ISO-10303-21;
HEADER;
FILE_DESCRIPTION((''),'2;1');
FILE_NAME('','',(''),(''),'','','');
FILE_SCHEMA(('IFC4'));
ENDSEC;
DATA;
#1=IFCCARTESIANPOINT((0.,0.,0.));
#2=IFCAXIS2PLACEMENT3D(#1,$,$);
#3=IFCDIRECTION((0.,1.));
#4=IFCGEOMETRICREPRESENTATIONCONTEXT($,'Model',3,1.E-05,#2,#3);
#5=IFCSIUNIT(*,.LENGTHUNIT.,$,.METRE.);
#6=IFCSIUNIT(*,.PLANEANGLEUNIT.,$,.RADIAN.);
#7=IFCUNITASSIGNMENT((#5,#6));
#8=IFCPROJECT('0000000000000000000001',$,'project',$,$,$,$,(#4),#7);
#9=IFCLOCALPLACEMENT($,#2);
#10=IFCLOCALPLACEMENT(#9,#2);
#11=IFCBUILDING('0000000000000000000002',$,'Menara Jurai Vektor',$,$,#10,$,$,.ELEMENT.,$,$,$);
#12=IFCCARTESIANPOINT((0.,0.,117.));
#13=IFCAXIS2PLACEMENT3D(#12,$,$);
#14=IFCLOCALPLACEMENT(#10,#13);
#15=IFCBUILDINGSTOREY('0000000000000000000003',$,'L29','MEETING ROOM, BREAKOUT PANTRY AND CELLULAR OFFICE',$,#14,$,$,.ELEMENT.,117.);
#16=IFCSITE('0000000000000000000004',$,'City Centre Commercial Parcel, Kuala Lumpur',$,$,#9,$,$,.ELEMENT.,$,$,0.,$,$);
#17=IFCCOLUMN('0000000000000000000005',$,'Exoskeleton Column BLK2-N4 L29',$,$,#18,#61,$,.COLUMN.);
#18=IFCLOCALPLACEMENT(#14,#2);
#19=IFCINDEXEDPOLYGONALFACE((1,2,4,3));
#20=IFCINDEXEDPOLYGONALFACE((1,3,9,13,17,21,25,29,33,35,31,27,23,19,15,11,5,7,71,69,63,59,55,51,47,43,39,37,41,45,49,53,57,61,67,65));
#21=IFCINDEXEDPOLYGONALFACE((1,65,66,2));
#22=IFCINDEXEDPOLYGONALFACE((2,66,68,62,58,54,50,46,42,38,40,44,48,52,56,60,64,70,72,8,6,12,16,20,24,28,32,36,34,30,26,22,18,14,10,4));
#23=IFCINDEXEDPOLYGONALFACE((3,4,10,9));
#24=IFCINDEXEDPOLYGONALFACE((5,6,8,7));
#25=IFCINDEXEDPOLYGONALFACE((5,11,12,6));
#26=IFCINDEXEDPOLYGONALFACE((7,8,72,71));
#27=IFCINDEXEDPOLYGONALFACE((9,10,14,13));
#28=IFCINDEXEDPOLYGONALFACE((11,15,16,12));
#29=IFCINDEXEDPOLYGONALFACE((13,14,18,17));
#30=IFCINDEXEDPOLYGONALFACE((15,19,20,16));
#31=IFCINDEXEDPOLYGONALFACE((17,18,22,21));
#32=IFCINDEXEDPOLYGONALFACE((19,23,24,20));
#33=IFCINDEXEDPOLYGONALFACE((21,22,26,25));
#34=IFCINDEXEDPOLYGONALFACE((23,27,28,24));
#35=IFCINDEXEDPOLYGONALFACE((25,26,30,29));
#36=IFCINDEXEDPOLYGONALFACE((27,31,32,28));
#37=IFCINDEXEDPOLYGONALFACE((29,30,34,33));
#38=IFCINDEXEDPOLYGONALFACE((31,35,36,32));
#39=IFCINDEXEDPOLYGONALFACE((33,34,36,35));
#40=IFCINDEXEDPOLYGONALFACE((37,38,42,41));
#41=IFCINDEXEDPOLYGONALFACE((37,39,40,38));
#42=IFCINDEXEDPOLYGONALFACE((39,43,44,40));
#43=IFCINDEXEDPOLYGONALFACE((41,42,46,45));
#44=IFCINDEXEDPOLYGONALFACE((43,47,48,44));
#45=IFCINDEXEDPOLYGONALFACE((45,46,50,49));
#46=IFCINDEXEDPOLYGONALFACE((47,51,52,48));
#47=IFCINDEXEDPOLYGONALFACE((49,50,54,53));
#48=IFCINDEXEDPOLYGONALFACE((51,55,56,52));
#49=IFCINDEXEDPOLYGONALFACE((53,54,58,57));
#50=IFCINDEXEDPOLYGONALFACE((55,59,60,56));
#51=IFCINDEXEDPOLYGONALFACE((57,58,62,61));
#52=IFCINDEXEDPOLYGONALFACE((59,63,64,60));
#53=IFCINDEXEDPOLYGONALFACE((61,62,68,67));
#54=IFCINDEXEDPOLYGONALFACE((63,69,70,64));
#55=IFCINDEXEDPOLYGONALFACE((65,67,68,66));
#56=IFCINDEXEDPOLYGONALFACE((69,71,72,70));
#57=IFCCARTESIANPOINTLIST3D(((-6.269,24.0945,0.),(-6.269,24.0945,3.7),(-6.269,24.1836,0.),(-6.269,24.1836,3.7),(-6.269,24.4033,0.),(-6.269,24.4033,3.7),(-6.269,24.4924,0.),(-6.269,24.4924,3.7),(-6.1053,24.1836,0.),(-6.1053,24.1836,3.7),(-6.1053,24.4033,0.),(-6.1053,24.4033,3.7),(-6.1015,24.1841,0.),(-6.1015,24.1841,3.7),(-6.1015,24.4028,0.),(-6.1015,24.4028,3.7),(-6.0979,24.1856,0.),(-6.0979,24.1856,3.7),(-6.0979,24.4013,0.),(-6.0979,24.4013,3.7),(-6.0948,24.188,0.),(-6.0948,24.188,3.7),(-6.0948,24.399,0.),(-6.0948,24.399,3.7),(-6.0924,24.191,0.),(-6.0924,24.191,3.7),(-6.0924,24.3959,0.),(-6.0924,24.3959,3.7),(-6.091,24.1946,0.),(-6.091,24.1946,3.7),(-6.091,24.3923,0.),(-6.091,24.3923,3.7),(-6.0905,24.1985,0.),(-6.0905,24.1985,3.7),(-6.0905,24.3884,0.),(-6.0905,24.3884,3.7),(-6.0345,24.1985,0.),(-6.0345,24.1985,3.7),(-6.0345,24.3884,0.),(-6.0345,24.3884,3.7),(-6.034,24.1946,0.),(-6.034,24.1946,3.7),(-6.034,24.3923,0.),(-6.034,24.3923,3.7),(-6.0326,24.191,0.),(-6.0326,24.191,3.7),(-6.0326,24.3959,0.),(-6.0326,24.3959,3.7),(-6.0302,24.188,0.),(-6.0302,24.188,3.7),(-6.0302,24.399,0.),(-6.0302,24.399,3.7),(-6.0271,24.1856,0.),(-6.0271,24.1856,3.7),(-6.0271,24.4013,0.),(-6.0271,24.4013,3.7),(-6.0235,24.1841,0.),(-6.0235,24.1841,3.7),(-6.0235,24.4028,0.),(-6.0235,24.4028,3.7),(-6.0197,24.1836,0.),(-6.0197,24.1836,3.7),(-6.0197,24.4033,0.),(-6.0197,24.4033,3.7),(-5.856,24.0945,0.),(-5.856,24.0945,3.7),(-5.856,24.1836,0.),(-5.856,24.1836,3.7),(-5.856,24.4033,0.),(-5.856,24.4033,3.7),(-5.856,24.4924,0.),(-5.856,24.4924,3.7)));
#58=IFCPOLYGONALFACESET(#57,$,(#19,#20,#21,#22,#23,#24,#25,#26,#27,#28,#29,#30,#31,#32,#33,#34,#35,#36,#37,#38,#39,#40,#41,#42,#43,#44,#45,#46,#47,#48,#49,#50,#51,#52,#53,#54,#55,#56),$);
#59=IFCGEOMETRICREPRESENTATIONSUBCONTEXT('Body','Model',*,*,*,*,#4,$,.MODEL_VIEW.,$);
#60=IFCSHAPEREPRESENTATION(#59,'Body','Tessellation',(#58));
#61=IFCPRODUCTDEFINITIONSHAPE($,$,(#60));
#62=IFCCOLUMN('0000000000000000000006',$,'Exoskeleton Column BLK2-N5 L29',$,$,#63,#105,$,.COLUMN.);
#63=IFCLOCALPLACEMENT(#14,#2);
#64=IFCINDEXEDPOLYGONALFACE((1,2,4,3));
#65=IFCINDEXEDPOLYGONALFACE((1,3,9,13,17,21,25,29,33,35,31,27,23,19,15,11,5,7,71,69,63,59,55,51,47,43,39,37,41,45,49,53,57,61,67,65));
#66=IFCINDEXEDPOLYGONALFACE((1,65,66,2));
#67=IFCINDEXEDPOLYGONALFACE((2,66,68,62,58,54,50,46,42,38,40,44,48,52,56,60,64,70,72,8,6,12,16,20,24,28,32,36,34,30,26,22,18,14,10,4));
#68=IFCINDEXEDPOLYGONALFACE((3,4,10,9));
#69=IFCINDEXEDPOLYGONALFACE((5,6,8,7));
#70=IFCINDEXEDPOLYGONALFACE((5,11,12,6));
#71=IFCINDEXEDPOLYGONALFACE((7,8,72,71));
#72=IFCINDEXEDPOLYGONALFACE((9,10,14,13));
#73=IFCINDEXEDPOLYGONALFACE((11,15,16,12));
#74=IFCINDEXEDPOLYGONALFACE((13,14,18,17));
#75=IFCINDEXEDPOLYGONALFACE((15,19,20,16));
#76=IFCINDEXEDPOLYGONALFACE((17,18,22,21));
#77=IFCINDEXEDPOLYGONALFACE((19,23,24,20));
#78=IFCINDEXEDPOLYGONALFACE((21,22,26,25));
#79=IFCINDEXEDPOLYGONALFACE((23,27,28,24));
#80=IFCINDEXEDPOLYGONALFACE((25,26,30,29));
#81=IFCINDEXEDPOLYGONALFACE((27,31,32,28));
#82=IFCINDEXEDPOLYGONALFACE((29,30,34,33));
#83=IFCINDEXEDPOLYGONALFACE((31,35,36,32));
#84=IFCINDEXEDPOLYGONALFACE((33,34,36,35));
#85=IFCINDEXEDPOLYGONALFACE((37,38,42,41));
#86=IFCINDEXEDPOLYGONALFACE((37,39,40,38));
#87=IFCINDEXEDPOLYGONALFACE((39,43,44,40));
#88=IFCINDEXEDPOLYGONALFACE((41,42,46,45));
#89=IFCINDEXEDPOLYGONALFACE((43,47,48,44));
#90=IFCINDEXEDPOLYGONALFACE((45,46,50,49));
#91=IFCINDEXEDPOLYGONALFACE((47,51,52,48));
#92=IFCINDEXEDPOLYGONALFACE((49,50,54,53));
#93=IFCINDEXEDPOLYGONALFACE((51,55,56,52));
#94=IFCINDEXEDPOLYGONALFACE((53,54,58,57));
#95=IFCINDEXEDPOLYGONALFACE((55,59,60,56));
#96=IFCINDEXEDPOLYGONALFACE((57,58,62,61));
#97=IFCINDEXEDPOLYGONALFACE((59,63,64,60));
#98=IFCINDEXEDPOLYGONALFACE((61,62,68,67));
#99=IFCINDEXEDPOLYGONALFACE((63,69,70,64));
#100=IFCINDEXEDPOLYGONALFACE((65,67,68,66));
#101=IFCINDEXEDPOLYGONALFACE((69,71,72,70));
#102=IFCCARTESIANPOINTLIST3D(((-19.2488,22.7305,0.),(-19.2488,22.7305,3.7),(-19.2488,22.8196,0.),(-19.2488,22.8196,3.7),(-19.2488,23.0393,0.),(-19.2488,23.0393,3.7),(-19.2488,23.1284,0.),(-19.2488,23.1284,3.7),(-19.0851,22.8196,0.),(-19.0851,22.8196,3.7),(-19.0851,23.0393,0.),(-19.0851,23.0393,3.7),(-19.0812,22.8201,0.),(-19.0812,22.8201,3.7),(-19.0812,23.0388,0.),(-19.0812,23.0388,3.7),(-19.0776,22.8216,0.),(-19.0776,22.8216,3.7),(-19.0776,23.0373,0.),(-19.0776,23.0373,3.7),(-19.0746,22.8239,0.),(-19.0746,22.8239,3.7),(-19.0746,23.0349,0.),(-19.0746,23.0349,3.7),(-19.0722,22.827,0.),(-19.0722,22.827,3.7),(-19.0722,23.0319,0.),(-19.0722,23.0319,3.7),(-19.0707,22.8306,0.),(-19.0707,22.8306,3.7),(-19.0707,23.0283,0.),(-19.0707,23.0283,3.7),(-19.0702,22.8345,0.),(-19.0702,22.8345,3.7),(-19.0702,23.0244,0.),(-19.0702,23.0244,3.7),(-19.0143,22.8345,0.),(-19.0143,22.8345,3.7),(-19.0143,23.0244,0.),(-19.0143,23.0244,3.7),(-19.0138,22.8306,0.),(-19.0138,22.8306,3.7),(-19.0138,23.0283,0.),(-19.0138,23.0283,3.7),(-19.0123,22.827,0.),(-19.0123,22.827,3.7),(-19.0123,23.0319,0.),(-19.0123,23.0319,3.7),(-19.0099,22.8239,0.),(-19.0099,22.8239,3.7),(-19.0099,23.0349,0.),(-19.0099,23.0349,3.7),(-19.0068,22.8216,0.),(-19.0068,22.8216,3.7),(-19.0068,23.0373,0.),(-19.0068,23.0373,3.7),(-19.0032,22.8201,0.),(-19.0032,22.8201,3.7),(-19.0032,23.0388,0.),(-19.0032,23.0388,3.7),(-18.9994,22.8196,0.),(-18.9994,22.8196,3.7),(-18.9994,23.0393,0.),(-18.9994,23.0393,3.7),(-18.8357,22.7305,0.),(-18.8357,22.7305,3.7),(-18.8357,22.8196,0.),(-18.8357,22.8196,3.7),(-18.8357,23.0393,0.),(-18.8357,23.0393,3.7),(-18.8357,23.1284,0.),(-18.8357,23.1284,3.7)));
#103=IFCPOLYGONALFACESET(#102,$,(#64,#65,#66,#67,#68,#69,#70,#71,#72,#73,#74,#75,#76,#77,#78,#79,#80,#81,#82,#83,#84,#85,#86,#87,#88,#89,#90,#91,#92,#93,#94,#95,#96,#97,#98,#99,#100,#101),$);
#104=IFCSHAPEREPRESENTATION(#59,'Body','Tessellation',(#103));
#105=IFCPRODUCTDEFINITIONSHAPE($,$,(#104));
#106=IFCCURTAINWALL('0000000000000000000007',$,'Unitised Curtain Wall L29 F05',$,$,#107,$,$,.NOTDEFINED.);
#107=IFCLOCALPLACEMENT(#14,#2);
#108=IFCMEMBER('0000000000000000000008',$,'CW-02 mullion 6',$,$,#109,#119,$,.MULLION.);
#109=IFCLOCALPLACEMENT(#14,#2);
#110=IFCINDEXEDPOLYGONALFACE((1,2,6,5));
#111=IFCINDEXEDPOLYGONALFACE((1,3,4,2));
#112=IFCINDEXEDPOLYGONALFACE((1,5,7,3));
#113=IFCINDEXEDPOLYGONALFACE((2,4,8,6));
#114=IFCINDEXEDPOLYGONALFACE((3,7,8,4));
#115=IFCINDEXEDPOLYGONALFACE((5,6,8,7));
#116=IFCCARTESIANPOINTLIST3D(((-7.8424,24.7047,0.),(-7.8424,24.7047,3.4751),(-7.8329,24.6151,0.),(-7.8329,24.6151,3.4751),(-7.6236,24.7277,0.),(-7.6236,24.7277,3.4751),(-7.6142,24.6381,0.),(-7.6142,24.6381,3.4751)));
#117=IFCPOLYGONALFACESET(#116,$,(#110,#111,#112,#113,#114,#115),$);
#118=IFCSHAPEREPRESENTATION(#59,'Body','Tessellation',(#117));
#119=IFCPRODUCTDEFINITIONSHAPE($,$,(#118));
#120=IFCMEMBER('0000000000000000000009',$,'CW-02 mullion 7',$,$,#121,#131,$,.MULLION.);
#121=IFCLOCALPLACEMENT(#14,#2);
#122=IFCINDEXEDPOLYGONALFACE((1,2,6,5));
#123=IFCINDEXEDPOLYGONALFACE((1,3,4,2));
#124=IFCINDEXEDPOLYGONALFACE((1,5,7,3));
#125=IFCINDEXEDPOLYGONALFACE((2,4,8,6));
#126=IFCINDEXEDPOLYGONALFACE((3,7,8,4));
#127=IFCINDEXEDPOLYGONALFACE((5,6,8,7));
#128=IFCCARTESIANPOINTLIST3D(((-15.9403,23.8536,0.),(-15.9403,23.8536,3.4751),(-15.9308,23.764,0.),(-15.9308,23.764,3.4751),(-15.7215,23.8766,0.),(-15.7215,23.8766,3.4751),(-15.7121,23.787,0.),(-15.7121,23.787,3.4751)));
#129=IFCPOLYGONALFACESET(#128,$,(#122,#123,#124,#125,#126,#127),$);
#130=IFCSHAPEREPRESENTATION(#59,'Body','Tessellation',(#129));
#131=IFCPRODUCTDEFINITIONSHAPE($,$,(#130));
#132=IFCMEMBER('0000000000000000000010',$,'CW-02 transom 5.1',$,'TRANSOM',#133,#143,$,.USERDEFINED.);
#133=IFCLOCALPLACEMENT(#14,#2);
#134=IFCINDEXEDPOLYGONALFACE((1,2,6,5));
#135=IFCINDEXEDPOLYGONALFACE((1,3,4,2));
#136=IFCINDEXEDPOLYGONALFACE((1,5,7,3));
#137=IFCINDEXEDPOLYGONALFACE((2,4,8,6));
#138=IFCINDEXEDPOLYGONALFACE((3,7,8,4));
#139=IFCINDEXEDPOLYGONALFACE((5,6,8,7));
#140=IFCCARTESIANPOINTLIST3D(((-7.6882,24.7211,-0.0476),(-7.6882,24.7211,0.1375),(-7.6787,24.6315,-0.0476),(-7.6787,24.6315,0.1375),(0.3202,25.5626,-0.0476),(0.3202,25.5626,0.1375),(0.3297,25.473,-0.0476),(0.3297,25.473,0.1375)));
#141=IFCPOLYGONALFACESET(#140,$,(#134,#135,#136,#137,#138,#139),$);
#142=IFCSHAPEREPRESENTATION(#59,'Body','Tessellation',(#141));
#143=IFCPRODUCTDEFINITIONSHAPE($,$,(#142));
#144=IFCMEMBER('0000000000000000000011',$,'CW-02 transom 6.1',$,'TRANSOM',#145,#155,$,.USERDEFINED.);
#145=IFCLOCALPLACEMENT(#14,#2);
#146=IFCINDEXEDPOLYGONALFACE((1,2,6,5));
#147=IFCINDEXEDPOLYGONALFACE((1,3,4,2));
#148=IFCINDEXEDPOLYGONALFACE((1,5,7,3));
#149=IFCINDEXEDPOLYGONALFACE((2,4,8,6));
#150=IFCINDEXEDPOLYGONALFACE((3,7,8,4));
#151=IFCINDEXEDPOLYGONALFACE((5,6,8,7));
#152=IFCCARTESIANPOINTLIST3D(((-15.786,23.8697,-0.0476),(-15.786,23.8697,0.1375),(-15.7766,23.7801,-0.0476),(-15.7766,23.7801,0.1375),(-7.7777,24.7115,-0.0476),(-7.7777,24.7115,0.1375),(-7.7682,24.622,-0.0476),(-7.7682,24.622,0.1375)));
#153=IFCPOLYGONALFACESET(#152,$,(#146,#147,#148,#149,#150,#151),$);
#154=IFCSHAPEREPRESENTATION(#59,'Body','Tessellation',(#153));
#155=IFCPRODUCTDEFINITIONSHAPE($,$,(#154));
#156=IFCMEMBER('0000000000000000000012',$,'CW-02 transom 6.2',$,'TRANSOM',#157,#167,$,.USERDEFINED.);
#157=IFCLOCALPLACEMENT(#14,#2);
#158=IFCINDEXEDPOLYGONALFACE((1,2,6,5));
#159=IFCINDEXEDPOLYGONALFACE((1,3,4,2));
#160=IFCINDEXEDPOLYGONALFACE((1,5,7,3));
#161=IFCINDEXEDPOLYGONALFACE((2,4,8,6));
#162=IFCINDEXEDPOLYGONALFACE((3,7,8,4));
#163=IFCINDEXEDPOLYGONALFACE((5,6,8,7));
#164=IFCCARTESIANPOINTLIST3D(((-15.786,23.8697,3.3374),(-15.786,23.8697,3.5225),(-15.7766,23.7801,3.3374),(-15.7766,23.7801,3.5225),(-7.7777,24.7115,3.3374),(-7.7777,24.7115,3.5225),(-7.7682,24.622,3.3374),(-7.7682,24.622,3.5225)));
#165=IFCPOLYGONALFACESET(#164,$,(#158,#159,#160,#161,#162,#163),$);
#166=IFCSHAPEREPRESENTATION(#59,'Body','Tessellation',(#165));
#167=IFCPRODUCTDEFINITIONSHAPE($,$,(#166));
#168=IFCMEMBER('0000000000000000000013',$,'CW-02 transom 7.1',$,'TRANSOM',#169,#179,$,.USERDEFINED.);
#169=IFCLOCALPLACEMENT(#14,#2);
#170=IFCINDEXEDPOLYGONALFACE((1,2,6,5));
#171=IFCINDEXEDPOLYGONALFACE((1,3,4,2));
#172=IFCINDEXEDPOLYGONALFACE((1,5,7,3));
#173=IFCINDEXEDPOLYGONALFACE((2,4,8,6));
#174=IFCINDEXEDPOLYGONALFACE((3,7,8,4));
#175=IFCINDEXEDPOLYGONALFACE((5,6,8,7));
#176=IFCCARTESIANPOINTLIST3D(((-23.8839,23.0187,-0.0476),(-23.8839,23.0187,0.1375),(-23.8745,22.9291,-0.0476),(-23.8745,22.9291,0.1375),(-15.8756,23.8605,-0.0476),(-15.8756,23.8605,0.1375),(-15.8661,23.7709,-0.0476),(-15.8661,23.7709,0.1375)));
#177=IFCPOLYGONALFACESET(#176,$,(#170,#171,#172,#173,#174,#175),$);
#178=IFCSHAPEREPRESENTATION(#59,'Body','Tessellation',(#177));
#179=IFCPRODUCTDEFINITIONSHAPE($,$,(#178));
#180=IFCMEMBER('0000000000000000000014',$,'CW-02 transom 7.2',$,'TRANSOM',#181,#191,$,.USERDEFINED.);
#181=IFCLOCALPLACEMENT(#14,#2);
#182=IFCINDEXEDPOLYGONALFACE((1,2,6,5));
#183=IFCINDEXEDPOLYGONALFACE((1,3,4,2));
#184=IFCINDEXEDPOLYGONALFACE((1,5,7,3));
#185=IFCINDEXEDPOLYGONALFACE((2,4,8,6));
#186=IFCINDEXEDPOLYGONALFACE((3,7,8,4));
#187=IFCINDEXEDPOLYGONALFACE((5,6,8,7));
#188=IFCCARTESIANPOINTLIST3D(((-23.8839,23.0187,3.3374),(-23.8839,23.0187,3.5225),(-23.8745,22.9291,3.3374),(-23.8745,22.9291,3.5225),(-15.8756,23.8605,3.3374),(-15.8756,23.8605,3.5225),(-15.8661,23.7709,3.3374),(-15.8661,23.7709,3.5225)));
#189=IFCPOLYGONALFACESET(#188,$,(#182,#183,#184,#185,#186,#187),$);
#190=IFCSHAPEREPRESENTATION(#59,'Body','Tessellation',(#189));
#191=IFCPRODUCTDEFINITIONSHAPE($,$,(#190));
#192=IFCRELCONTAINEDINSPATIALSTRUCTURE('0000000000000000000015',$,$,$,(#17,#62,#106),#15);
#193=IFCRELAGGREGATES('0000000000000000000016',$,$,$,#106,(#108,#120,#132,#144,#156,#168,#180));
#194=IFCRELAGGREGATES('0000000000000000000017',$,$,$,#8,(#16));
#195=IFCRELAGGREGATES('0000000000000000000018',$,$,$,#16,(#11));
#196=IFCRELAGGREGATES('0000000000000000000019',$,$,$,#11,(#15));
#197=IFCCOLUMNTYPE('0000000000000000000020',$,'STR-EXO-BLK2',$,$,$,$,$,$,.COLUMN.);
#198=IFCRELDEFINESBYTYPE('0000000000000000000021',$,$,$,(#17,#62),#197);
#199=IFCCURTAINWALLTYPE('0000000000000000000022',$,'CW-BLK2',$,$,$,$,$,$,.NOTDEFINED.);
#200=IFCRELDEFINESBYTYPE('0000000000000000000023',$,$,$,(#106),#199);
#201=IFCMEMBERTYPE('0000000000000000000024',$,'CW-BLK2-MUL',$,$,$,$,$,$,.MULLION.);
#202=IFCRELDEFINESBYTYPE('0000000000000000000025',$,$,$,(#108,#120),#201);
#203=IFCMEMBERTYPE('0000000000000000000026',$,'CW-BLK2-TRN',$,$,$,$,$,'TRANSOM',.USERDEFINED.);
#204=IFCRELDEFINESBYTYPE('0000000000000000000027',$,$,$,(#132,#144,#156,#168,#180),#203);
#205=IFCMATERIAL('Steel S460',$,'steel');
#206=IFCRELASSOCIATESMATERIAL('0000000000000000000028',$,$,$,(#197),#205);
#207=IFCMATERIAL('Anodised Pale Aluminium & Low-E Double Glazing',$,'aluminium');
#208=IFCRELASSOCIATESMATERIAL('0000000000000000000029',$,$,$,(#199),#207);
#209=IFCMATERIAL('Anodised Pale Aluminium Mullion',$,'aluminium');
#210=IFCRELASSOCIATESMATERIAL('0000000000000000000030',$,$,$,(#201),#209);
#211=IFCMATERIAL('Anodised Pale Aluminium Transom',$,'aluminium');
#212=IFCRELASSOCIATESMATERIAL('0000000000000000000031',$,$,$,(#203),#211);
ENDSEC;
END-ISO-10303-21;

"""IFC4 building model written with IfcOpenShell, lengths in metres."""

from ifc_helpers import new_model, si_unit, direction, frame, origin, origin_2d, place, context, subcontext, project, spatial, rectangle, i_section, extrude, material, material_profile, profile_set, type_object, element, aggregate, save


model = new_model("IFC4")

# Units and contexts
model_context = context("Model", 3, precision=1e-05, world=origin(), true_north=direction((0.0, 1.0)))
body_context = subcontext(model_context, "Body", "Model", "MODEL_VIEW")
ifc_project = project(units=[si_unit("LENGTHUNIT", "METRE"), si_unit("PLANEANGLEUNIT", "RADIAN")], contexts=[model_context])

# Site, building, storey
site_placement = place(None, origin())
site = spatial("IfcSite", under=ifc_project, at=site_placement, Name="City Centre Commercial Parcel, Kuala Lumpur", CompositionType="ELEMENT", RefElevation=0.0)
building_placement = place(site_placement, origin())
building = spatial("IfcBuilding", under=site, at=building_placement, Name="Menara Jurai Vektor", CompositionType="ELEMENT")
storey_placement = place(building_placement, frame((0.0, 0.0, 117.0)))
storey = spatial("IfcBuildingStorey", under=building, at=storey_placement, Name="L29", Description="MEETING ROOM, BREAKOUT PANTRY AND CELLULAR OFFICE", CompositionType="ELEMENT", Elevation=117.0)

# Columns
ifc_material_1 = material(Name="Steel S460", Category="steel")
ifc_material_profile_1 = material_profile(ifc_material_1, i_section(OverallWidth=0.4131, OverallDepth=0.3979, WebThickness=0.0559, FlangeThickness=0.0891, FilletRadius=0.0149, at=origin_2d()), Name="HD 400x744")
ifc_profile_set_1 = profile_set([ifc_material_profile_1], Name="Steel S460")
column_type = type_object("IfcColumnType", Name="STR-EXO-BLK2", PredefinedType="COLUMN", material=ifc_profile_set_1)
for number, where, z_axis, x_axis, name in (
    (1, (-6.0625, 24.2935, 0.0), (0.0, 0.0, 1.0), (1.0, 0.0, 0.0), "Exoskeleton Column BLK2-N4 L29"),
    (2, (-19.0422, 22.9294, 0.0), (0.0, 0.0, 1.0), (1.0, 0.0, 0.0), "Exoskeleton Column BLK2-N5 L29"),
):
    element("IfcColumn", number, at=place(storey_placement, frame(where, z_axis=z_axis, x_axis=x_axis)), inside=storey, type_object=column_type, Name=name, PredefinedType="COLUMN", context=body_context, shape_type="SweptSolid", body=[
        extrude(i_section(OverallWidth=0.4131, OverallDepth=0.3979, WebThickness=0.0559, FlangeThickness=0.0891, FilletRadius=0.0149, at=origin_2d()), origin(), (0.0, 0.0, 1.0), 3.7),
    ])

# Curtain wall, members
ifc_material_2 = material(Name="Anodised Pale Aluminium & Low-E Double Glazing", Category="aluminium")
curtain_wall_type = type_object("IfcCurtainWallType", Name="CW-BLK2", PredefinedType="NOTDEFINED", material=ifc_material_2)
curtain_wall_placement = place(storey_placement, origin())
curtain_wall = element("IfcCurtainWall", 3, at=curtain_wall_placement, inside=storey, type_object=curtain_wall_type, Name="Unitised Curtain Wall L29 F05", PredefinedType="NOTDEFINED")
ifc_material_3 = material(Name="Anodised Pale Aluminium Mullion", Category="aluminium")
ifc_material_profile_2 = material_profile(ifc_material_3, rectangle(XDim=0.0901, YDim=0.22, at=origin_2d()), Name="ALU MUL 90x220")
ifc_profile_set_2 = profile_set([ifc_material_profile_2], Name="Anodised Pale Aluminium Mullion")
member_type_1 = type_object("IfcMemberType", Name="CW-BLK2-MUL", PredefinedType="MULLION", material=ifc_profile_set_2)
member_1_placement = place(storey_placement, frame((-7.7283, 24.6714, 0.0), z_axis=(0.0, 0.0, 1.0), x_axis=(0.104529, -0.994522, 0.0)))
member_1 = element("IfcMember", 4, at=member_1_placement, type_object=member_type_1, Name="CW-02 mullion 6", PredefinedType="MULLION", context=body_context, shape_type="SweptSolid", body=[
    extrude(rectangle(XDim=0.0901, YDim=0.22, at=origin_2d()), origin(), (0.0, 0.0, 1.0), 3.4751),
])
member_2_placement = place(storey_placement, frame((-15.8262, 23.8203, 0.0), z_axis=(0.0, 0.0, 1.0), x_axis=(0.104529, -0.994522, 0.0)))
member_2 = element("IfcMember", 5, at=member_2_placement, type_object=member_type_1, Name="CW-02 mullion 7", PredefinedType="MULLION", context=body_context, shape_type="SweptSolid", body=[
    extrude(rectangle(XDim=0.0901, YDim=0.22, at=origin_2d()), origin(), (0.0, 0.0, 1.0), 3.4751),
])
ifc_material_4 = material(Name="Anodised Pale Aluminium Transom", Category="aluminium")
ifc_material_profile_3 = material_profile(ifc_material_4, rectangle(XDim=0.0901, YDim=0.1851, at=origin_2d()), Name="ALU TRN 90x185")
ifc_profile_set_3 = profile_set([ifc_material_profile_3], Name="Anodised Pale Aluminium Transom")
member_type_2 = type_object("IfcMemberType", Name="CW-BLK2-TRN", ElementType="TRANSOM", PredefinedType="USERDEFINED", material=ifc_profile_set_3)
member_3_placement = place(storey_placement, frame((0.325, 25.5178, 0.0449), z_axis=(-0.994524, -0.10451, 0.0), x_axis=(0.10451, -0.994524, 0.0)))
member_3 = element("IfcMember", 6, at=member_3_placement, type_object=member_type_2, Name="CW-02 transom 5.1", ObjectType="TRANSOM", PredefinedType="USERDEFINED", context=body_context, shape_type="SweptSolid", body=[
    extrude(rectangle(XDim=0.0901, YDim=0.1851, at=origin_2d()), origin(), (0.0, 0.0, 1.0), 8.0525),
])
member_4_placement = place(storey_placement, frame((-7.7729, 24.6667, 0.0449), z_axis=(-0.994521, -0.10454, 0.0), x_axis=(0.10454, -0.994521, 0.0)))
member_4 = element("IfcMember", 7, at=member_4_placement, type_object=member_type_2, Name="CW-02 transom 6.1", ObjectType="TRANSOM", PredefinedType="USERDEFINED", context=body_context, shape_type="SweptSolid", body=[
    extrude(rectangle(XDim=0.0901, YDim=0.1851, at=origin_2d()), origin(), (0.0, 0.0, 1.0), 8.0525),
])
member_5_placement = place(storey_placement, frame((-7.7729, 24.6667, 3.4299), z_axis=(-0.994521, -0.10454, 0.0), x_axis=(0.10454, -0.994521, 0.0)))
member_5 = element("IfcMember", 8, at=member_5_placement, type_object=member_type_2, Name="CW-02 transom 6.2", ObjectType="TRANSOM", PredefinedType="USERDEFINED", context=body_context, shape_type="SweptSolid", body=[
    extrude(rectangle(XDim=0.0901, YDim=0.1851, at=origin_2d()), origin(), (0.0, 0.0, 1.0), 8.0525),
])
member_6_placement = place(storey_placement, frame((-15.8708, 23.8157, 0.0449), z_axis=(-0.994521, -0.10454, 0.0), x_axis=(0.10454, -0.994521, 0.0)))
member_6 = element("IfcMember", 9, at=member_6_placement, type_object=member_type_2, Name="CW-02 transom 7.1", ObjectType="TRANSOM", PredefinedType="USERDEFINED", context=body_context, shape_type="SweptSolid", body=[
    extrude(rectangle(XDim=0.0901, YDim=0.1851, at=origin_2d()), origin(), (0.0, 0.0, 1.0), 8.0525),
])
member_7_placement = place(storey_placement, frame((-15.8708, 23.8157, 3.4299), z_axis=(-0.994521, -0.10454, 0.0), x_axis=(0.10454, -0.994521, 0.0)))
member_7 = element("IfcMember", 10, at=member_7_placement, type_object=member_type_2, Name="CW-02 transom 7.2", ObjectType="TRANSOM", PredefinedType="USERDEFINED", context=body_context, shape_type="SweptSolid", body=[
    extrude(rectangle(XDim=0.0901, YDim=0.1851, at=origin_2d()), origin(), (0.0, 0.0, 1.0), 8.0525),
])

aggregate(curtain_wall, [member_1, member_2, member_3, member_4, member_5, member_6, member_7])

save(model, "model.ifc")
